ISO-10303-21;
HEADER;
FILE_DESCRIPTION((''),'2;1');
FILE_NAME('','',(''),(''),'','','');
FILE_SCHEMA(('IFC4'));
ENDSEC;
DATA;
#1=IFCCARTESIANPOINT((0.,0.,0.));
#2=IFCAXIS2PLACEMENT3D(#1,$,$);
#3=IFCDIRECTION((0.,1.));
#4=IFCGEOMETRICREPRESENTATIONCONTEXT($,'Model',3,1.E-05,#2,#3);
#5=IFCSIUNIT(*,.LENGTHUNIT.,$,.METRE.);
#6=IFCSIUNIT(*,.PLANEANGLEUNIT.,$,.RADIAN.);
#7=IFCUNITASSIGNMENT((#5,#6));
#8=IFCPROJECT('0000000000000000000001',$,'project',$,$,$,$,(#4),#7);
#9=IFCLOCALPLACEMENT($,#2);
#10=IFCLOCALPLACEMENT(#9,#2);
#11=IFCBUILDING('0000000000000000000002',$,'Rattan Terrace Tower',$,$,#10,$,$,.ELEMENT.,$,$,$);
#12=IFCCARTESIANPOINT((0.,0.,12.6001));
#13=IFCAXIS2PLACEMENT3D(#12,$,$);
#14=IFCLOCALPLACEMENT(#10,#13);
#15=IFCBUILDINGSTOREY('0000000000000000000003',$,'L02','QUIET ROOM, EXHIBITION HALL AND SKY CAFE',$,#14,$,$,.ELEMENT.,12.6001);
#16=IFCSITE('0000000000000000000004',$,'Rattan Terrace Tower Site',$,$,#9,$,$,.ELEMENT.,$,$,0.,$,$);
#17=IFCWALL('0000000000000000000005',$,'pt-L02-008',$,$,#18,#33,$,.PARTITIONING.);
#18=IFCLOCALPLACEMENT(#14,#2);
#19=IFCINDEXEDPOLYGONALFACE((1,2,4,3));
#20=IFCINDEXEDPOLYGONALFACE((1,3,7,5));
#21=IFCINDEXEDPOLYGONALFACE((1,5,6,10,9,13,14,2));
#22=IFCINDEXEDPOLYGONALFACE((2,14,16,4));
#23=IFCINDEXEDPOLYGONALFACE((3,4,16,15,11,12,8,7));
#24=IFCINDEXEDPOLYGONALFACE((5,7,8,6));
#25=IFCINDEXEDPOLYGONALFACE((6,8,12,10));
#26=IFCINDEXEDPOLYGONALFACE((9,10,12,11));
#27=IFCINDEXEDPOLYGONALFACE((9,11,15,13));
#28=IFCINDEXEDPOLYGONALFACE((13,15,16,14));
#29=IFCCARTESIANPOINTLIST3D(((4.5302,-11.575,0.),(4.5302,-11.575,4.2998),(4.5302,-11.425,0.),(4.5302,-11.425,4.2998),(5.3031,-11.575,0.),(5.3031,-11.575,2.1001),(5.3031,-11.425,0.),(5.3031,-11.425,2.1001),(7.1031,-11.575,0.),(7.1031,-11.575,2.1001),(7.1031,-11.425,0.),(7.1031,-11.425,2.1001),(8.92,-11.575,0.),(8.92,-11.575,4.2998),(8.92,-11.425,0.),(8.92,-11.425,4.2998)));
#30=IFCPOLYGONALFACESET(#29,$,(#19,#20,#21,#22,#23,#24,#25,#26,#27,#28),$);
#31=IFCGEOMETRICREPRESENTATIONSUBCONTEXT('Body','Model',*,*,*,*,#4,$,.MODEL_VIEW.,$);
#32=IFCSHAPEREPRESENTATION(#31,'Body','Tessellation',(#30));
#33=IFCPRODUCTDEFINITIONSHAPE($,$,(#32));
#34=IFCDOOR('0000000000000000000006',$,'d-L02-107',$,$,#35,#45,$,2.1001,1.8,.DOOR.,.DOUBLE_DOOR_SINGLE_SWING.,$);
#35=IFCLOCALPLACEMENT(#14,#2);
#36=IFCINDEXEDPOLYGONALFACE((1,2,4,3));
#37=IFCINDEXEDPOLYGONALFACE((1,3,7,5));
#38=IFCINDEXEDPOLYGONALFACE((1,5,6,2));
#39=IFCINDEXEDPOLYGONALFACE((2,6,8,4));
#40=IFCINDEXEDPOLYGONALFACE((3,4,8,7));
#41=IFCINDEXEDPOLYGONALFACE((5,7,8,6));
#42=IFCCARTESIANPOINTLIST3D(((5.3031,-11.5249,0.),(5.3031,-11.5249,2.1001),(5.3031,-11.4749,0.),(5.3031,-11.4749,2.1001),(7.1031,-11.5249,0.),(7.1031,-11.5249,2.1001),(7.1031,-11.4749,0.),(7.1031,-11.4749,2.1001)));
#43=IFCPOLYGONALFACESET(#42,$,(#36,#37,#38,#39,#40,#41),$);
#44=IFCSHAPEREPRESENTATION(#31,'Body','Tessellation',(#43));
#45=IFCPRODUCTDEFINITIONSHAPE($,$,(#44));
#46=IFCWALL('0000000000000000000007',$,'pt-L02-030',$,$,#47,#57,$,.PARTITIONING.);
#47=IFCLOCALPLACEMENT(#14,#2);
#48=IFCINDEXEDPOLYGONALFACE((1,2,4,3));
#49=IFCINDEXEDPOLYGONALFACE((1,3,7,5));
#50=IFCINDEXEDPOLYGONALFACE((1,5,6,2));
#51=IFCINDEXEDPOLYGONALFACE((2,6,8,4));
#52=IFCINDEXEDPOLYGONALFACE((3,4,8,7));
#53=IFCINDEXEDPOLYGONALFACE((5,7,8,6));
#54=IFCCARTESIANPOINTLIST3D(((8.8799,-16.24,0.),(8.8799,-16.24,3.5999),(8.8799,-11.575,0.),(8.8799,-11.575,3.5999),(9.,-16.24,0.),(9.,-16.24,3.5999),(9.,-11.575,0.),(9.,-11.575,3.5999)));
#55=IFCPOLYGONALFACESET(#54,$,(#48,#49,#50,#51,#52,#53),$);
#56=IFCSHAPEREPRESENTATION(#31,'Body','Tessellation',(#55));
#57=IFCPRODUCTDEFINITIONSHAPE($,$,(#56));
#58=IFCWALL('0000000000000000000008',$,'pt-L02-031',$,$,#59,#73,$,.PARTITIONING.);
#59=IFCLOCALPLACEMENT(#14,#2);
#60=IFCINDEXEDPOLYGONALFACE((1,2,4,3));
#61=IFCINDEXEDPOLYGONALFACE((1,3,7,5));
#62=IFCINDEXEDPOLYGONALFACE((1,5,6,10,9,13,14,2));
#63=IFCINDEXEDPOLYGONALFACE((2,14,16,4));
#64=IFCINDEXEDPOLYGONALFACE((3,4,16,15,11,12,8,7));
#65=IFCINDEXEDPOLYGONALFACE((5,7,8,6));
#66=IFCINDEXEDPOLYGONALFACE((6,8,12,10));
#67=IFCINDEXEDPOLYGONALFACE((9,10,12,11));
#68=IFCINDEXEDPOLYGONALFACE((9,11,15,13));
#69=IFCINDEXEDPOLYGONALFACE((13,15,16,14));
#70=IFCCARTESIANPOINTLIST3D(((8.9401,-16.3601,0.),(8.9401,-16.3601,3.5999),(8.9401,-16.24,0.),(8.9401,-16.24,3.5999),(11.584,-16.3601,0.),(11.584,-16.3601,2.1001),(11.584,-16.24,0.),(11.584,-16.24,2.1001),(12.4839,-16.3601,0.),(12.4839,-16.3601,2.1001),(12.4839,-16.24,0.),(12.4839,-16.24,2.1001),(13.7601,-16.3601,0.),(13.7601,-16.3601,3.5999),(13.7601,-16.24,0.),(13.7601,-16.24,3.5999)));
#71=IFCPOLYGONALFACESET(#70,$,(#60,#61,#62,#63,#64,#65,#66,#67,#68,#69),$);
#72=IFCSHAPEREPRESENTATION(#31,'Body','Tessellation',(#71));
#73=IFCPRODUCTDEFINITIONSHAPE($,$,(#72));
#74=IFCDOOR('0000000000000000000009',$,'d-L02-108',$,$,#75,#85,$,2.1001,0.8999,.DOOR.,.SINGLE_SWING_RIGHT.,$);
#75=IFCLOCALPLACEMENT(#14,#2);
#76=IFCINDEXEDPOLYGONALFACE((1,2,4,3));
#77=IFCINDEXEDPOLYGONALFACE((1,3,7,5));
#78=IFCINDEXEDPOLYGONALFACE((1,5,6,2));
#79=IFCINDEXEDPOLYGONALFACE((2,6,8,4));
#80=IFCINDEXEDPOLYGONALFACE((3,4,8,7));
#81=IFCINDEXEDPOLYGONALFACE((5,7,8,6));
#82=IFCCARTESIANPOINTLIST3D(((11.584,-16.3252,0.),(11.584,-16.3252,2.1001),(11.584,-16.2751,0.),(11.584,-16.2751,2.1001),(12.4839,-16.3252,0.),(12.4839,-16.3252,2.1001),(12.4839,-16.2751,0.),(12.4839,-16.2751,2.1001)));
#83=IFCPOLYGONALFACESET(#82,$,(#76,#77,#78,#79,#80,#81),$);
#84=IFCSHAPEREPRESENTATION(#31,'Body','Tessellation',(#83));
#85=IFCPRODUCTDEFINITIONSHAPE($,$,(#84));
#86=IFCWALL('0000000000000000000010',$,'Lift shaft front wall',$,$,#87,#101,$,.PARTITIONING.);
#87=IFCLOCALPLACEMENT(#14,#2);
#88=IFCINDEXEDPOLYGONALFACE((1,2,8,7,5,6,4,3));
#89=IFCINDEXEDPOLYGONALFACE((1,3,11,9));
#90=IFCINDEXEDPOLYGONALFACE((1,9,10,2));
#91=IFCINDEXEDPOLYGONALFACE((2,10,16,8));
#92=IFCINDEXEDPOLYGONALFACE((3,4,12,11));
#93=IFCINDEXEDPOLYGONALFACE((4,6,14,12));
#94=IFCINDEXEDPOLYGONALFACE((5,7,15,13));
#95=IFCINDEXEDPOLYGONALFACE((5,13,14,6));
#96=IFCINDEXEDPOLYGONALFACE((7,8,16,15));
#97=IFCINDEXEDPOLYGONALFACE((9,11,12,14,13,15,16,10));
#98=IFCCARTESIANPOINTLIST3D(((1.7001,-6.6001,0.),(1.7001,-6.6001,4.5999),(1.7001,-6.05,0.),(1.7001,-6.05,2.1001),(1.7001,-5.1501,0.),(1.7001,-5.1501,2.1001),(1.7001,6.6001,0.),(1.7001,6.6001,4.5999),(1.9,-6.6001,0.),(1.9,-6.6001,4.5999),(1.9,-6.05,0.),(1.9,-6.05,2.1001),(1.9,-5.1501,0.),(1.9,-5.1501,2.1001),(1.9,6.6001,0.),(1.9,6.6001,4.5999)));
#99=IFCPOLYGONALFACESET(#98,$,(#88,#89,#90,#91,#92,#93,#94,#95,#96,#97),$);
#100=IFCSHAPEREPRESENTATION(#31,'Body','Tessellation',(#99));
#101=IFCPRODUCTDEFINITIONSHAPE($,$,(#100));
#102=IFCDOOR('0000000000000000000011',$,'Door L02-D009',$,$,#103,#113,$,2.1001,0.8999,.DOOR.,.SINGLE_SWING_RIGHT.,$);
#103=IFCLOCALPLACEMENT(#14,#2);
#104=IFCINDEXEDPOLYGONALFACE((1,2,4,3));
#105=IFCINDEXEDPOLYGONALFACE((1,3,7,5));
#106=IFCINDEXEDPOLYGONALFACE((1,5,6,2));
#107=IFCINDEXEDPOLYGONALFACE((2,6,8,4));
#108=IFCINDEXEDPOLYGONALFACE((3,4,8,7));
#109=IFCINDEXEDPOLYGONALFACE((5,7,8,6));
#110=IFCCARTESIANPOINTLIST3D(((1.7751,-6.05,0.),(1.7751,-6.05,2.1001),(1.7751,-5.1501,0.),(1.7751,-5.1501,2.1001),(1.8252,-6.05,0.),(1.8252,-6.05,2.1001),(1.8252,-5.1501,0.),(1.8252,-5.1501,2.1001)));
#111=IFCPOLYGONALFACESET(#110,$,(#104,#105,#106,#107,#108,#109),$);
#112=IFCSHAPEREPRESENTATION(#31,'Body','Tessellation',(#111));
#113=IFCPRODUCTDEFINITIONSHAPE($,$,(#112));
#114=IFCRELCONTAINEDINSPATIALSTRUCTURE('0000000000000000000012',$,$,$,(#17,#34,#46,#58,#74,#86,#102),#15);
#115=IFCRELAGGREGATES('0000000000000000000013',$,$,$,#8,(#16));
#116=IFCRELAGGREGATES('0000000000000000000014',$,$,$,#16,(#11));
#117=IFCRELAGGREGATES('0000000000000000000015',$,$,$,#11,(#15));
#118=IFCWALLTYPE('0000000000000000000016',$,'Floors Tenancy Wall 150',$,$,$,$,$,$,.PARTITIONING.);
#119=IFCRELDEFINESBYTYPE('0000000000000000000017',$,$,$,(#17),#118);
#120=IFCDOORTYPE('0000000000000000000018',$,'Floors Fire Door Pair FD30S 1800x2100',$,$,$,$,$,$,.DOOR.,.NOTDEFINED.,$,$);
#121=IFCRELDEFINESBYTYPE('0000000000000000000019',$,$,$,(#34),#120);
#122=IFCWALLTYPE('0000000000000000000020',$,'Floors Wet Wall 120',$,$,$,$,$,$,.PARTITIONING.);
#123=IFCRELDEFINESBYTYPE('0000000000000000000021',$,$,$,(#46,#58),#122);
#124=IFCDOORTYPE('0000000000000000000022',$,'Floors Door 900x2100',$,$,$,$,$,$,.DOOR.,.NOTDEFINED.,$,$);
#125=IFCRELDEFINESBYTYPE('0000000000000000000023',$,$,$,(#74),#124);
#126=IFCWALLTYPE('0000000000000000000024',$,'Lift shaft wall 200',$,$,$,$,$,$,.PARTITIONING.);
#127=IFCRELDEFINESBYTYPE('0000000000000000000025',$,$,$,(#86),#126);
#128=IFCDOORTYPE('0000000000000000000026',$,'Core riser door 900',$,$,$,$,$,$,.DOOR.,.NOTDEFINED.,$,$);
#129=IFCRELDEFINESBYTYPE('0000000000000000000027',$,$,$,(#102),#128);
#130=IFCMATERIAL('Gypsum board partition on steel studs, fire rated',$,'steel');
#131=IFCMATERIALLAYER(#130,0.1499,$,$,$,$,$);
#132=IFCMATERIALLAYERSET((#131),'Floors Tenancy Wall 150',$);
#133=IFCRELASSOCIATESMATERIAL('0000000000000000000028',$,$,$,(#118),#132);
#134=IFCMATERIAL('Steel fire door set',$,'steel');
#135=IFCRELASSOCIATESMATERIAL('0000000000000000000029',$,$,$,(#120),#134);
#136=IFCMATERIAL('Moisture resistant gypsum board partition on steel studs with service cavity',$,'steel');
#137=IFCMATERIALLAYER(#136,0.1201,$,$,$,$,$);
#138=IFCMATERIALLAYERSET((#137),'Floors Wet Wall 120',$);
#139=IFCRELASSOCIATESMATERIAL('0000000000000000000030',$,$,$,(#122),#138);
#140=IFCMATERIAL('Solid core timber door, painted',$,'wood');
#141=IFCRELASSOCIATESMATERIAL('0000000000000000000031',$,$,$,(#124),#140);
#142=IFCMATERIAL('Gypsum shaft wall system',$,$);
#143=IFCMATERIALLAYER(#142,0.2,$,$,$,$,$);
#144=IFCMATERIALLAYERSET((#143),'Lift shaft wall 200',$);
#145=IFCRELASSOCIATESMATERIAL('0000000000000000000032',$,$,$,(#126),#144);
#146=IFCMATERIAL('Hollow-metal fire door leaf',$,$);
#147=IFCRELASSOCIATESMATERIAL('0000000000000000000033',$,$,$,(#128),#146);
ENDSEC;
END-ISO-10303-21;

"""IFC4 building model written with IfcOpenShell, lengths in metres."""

from ifc_helpers import new_model, si_unit, direction, frame, frame_2d, origin, place, context, subcontext, project, spatial, rectangle, extrude, material, layer, layer_set, type_object, element, fill, save


model = new_model("IFC4")

# Units and contexts
model_context = context("Model", 3, precision=1e-05, world=origin(), true_north=direction((0.0, 1.0)))
body_context = subcontext(model_context, "Body", "Model", "MODEL_VIEW")
ifc_project = project(units=[si_unit("LENGTHUNIT", "METRE"), si_unit("PLANEANGLEUNIT", "RADIAN")], contexts=[model_context])

# Site, building, storey
site_placement = place(None, origin())
site = spatial("IfcSite", under=ifc_project, at=site_placement, Name="Rattan Terrace Tower Site", CompositionType="ELEMENT", RefElevation=0.0)
building_placement = place(site_placement, origin())
building = spatial("IfcBuilding", under=site, at=building_placement, Name="Rattan Terrace Tower", CompositionType="ELEMENT")
storey_placement = place(building_placement, frame((0.0, 0.0, 12.6001)))
storey = spatial("IfcBuildingStorey", under=building, at=storey_placement, Name="L02", Description="QUIET ROOM, EXHIBITION HALL AND SKY CAFE", CompositionType="ELEMENT", Elevation=12.6001)

# Shared definitions
ifc_material_1 = material(Name="Gypsum board partition on steel studs, fire rated", Category="steel")
ifc_layer_1 = layer(ifc_material_1, 0.1499)
ifc_layer_set_1 = layer_set([ifc_layer_1], Name="Floors Tenancy Wall 150")
wall_type_1 = type_object("IfcWallType", Name="Floors Tenancy Wall 150", PredefinedType="PARTITIONING", material=ifc_layer_set_1)

# Wall, opening, door
wall_1_placement = place(storey_placement, frame((8.9199, -11.5, 0.0), z_axis=(0.0, 0.0, 1.0), x_axis=(-1.0, 0.0, 0.0)))
wall_1 = element("IfcWall", 1, at=wall_1_placement, inside=storey, type_object=wall_type_1, Name="pt-L02-008", PredefinedType="PARTITIONING", context=body_context, shape_type="SweptSolid", body=[
    extrude(rectangle(XDim=4.3899, YDim=0.1499, at=frame_2d((2.1948, 0.0))), origin(), (0.0, 0.0, 1.0), 4.2998),
])
opening_1_placement = place(wall_1_placement, frame((1.8169, 0.0, 0.0)))
opening_1 = element("IfcOpeningElement", 2, at=opening_1_placement, cuts=wall_1, PredefinedType="OPENING", context=body_context, shape_type="SweptSolid", body=[
    extrude(rectangle(XDim=1.8, YDim=2.1001, at=frame_2d((0.8999, 1.05))), frame((0.0, 0.0854, 0.0), z_axis=(0.0, -1.0, 0.0), x_axis=(1.0, 0.0, 0.0)), (0.0, 0.0, 1.0), 0.1709),
])
ifc_material_2 = material(Name="Steel fire door set", Category="steel")
door_type_1 = type_object("IfcDoorType", Name="Floors Fire Door Pair FD30S 1800x2100", OperationType="NOTDEFINED", PredefinedType="DOOR", material=ifc_material_2)
door_1_placement = place(opening_1_placement, origin())
door_1 = element("IfcDoor", 3, at=door_1_placement, inside=storey, type_object=door_type_1, Name="d-L02-107", OperationType="DOUBLE_DOOR_SINGLE_SWING", OverallHeight=2.1001, OverallWidth=1.8, PredefinedType="DOOR", context=body_context, shape_type="SweptSolid", body=[
    extrude(rectangle(XDim=1.8, YDim=2.1001, at=frame_2d((0.8999, 1.05))), frame((0.0, 0.0249, 0.0), z_axis=(0.0, -1.0, 0.0), x_axis=(1.0, 0.0, 0.0)), (0.0, 0.0, 1.0), 0.05),
])
fill(opening_1, door_1)

# Wall
ifc_material_3 = material(Name="Moisture resistant gypsum board partition on steel studs with service cavity", Category="steel")
ifc_layer_2 = layer(ifc_material_3, 0.1201)
ifc_layer_set_2 = layer_set([ifc_layer_2], Name="Floors Wet Wall 120")
wall_type_2 = type_object("IfcWallType", Name="Floors Wet Wall 120", PredefinedType="PARTITIONING", material=ifc_layer_set_2)
wall_2_placement = place(storey_placement, frame((8.9399, -11.575, 0.0), z_axis=(0.0, 0.0, 1.0), x_axis=(0.0, -1.0, 0.0)))
element("IfcWall", 4, at=wall_2_placement, inside=storey, type_object=wall_type_2, Name="pt-L02-030", PredefinedType="PARTITIONING", context=body_context, shape_type="SweptSolid", body=[
    extrude(rectangle(XDim=4.665, YDim=0.1201, at=frame_2d((2.3325, 0.0))), origin(), (0.0, 0.0, 1.0), 3.5999),
])

# Walls, openings, doors
wall_3_placement = place(storey_placement, frame((8.9399, -16.3, 0.0), z_axis=(0.0, 0.0, 1.0), x_axis=(1.0, 0.0, 0.0)))
wall_3 = element("IfcWall", 5, at=wall_3_placement, inside=storey, type_object=wall_type_2, Name="pt-L02-031", PredefinedType="PARTITIONING", context=body_context, shape_type="SweptSolid", body=[
    extrude(rectangle(XDim=4.8201, YDim=0.1201, at=frame_2d((2.4102, 0.0))), origin(), (0.0, 0.0, 1.0), 3.5999),
])
opening_2_placement = place(wall_3_placement, frame((2.644, 0.0, 0.0)))
opening_2 = element("IfcOpeningElement", 6, at=opening_2_placement, cuts=wall_3, PredefinedType="OPENING", context=body_context, shape_type="SweptSolid", body=[
    extrude(rectangle(XDim=0.8999, YDim=2.1001, at=frame_2d((0.45, 1.05))), frame((0.0, 0.0706, 0.0), z_axis=(0.0, -1.0, 0.0), x_axis=(1.0, 0.0, 0.0)), (0.0, 0.0, 1.0), 0.1411),
])
ifc_material_4 = material(Name="Solid core timber door, painted", Category="wood")
door_type_2 = type_object("IfcDoorType", Name="Floors Door 900x2100", OperationType="NOTDEFINED", PredefinedType="DOOR", material=ifc_material_4)
door_2_placement = place(opening_2_placement, origin())
door_2 = element("IfcDoor", 7, at=door_2_placement, inside=storey, type_object=door_type_2, Name="d-L02-108", OperationType="SINGLE_SWING_RIGHT", OverallHeight=2.1001, OverallWidth=0.8999, PredefinedType="DOOR", context=body_context, shape_type="SweptSolid", body=[
    extrude(rectangle(XDim=0.8999, YDim=2.1001, at=frame_2d((0.45, 1.05))), frame((0.0, 0.0249, 0.0), z_axis=(0.0, -1.0, 0.0), x_axis=(1.0, 0.0, 0.0)), (0.0, 0.0, 1.0), 0.05),
])
fill(opening_2, door_2)
ifc_material_5 = material(Name="Gypsum shaft wall system")
ifc_layer_3 = layer(ifc_material_5, 0.2)
ifc_layer_set_3 = layer_set([ifc_layer_3], Name="Lift shaft wall 200")
wall_type_3 = type_object("IfcWallType", Name="Lift shaft wall 200", PredefinedType="PARTITIONING", material=ifc_layer_set_3)
wall_4_placement = place(storey_placement, frame((1.8, -6.6001, 0.0), z_axis=(0.0, 0.0, 1.0), x_axis=(0.0, 1.0, 0.0)))
wall_4 = element("IfcWall", 8, at=wall_4_placement, inside=storey, type_object=wall_type_3, Name="Lift shaft front wall", PredefinedType="PARTITIONING", context=body_context, shape_type="SweptSolid", body=[
    extrude(rectangle(XDim=13.2002, YDim=0.2, at=frame_2d((6.6001, 0.0))), origin(), (0.0, 0.0, 1.0), 4.5999),
])
opening_3_placement = place(wall_4_placement, frame((0.55, 0.0, 0.0)))
opening_3 = element("IfcOpeningElement", 9, at=opening_3_placement, cuts=wall_4, PredefinedType="OPENING", context=body_context, shape_type="SweptSolid", body=[
    extrude(rectangle(XDim=0.8999, YDim=2.1001, at=frame_2d((0.45, 1.05))), frame((0.0, 0.1106, 0.0), z_axis=(0.0, -1.0, 0.0), x_axis=(1.0, 0.0, 0.0)), (0.0, 0.0, 1.0), 0.2209),
])
ifc_material_6 = material(Name="Hollow-metal fire door leaf")
door_type_3 = type_object("IfcDoorType", Name="Core riser door 900", OperationType="NOTDEFINED", PredefinedType="DOOR", material=ifc_material_6)
door_3_placement = place(opening_3_placement, origin())
door_3 = element("IfcDoor", 10, at=door_3_placement, inside=storey, type_object=door_type_3, Name="Door L02-D009", OperationType="SINGLE_SWING_RIGHT", OverallHeight=2.1001, OverallWidth=0.8999, PredefinedType="DOOR", context=body_context, shape_type="SweptSolid", body=[
    extrude(rectangle(XDim=0.8999, YDim=2.1001, at=frame_2d((0.45, 1.05))), frame((0.0, 0.0249, 0.0), z_axis=(0.0, -1.0, 0.0), x_axis=(1.0, 0.0, 0.0)), (0.0, 0.0, 1.0), 0.05),
])
fill(opening_3, door_3)

save(model, "model.ifc")
